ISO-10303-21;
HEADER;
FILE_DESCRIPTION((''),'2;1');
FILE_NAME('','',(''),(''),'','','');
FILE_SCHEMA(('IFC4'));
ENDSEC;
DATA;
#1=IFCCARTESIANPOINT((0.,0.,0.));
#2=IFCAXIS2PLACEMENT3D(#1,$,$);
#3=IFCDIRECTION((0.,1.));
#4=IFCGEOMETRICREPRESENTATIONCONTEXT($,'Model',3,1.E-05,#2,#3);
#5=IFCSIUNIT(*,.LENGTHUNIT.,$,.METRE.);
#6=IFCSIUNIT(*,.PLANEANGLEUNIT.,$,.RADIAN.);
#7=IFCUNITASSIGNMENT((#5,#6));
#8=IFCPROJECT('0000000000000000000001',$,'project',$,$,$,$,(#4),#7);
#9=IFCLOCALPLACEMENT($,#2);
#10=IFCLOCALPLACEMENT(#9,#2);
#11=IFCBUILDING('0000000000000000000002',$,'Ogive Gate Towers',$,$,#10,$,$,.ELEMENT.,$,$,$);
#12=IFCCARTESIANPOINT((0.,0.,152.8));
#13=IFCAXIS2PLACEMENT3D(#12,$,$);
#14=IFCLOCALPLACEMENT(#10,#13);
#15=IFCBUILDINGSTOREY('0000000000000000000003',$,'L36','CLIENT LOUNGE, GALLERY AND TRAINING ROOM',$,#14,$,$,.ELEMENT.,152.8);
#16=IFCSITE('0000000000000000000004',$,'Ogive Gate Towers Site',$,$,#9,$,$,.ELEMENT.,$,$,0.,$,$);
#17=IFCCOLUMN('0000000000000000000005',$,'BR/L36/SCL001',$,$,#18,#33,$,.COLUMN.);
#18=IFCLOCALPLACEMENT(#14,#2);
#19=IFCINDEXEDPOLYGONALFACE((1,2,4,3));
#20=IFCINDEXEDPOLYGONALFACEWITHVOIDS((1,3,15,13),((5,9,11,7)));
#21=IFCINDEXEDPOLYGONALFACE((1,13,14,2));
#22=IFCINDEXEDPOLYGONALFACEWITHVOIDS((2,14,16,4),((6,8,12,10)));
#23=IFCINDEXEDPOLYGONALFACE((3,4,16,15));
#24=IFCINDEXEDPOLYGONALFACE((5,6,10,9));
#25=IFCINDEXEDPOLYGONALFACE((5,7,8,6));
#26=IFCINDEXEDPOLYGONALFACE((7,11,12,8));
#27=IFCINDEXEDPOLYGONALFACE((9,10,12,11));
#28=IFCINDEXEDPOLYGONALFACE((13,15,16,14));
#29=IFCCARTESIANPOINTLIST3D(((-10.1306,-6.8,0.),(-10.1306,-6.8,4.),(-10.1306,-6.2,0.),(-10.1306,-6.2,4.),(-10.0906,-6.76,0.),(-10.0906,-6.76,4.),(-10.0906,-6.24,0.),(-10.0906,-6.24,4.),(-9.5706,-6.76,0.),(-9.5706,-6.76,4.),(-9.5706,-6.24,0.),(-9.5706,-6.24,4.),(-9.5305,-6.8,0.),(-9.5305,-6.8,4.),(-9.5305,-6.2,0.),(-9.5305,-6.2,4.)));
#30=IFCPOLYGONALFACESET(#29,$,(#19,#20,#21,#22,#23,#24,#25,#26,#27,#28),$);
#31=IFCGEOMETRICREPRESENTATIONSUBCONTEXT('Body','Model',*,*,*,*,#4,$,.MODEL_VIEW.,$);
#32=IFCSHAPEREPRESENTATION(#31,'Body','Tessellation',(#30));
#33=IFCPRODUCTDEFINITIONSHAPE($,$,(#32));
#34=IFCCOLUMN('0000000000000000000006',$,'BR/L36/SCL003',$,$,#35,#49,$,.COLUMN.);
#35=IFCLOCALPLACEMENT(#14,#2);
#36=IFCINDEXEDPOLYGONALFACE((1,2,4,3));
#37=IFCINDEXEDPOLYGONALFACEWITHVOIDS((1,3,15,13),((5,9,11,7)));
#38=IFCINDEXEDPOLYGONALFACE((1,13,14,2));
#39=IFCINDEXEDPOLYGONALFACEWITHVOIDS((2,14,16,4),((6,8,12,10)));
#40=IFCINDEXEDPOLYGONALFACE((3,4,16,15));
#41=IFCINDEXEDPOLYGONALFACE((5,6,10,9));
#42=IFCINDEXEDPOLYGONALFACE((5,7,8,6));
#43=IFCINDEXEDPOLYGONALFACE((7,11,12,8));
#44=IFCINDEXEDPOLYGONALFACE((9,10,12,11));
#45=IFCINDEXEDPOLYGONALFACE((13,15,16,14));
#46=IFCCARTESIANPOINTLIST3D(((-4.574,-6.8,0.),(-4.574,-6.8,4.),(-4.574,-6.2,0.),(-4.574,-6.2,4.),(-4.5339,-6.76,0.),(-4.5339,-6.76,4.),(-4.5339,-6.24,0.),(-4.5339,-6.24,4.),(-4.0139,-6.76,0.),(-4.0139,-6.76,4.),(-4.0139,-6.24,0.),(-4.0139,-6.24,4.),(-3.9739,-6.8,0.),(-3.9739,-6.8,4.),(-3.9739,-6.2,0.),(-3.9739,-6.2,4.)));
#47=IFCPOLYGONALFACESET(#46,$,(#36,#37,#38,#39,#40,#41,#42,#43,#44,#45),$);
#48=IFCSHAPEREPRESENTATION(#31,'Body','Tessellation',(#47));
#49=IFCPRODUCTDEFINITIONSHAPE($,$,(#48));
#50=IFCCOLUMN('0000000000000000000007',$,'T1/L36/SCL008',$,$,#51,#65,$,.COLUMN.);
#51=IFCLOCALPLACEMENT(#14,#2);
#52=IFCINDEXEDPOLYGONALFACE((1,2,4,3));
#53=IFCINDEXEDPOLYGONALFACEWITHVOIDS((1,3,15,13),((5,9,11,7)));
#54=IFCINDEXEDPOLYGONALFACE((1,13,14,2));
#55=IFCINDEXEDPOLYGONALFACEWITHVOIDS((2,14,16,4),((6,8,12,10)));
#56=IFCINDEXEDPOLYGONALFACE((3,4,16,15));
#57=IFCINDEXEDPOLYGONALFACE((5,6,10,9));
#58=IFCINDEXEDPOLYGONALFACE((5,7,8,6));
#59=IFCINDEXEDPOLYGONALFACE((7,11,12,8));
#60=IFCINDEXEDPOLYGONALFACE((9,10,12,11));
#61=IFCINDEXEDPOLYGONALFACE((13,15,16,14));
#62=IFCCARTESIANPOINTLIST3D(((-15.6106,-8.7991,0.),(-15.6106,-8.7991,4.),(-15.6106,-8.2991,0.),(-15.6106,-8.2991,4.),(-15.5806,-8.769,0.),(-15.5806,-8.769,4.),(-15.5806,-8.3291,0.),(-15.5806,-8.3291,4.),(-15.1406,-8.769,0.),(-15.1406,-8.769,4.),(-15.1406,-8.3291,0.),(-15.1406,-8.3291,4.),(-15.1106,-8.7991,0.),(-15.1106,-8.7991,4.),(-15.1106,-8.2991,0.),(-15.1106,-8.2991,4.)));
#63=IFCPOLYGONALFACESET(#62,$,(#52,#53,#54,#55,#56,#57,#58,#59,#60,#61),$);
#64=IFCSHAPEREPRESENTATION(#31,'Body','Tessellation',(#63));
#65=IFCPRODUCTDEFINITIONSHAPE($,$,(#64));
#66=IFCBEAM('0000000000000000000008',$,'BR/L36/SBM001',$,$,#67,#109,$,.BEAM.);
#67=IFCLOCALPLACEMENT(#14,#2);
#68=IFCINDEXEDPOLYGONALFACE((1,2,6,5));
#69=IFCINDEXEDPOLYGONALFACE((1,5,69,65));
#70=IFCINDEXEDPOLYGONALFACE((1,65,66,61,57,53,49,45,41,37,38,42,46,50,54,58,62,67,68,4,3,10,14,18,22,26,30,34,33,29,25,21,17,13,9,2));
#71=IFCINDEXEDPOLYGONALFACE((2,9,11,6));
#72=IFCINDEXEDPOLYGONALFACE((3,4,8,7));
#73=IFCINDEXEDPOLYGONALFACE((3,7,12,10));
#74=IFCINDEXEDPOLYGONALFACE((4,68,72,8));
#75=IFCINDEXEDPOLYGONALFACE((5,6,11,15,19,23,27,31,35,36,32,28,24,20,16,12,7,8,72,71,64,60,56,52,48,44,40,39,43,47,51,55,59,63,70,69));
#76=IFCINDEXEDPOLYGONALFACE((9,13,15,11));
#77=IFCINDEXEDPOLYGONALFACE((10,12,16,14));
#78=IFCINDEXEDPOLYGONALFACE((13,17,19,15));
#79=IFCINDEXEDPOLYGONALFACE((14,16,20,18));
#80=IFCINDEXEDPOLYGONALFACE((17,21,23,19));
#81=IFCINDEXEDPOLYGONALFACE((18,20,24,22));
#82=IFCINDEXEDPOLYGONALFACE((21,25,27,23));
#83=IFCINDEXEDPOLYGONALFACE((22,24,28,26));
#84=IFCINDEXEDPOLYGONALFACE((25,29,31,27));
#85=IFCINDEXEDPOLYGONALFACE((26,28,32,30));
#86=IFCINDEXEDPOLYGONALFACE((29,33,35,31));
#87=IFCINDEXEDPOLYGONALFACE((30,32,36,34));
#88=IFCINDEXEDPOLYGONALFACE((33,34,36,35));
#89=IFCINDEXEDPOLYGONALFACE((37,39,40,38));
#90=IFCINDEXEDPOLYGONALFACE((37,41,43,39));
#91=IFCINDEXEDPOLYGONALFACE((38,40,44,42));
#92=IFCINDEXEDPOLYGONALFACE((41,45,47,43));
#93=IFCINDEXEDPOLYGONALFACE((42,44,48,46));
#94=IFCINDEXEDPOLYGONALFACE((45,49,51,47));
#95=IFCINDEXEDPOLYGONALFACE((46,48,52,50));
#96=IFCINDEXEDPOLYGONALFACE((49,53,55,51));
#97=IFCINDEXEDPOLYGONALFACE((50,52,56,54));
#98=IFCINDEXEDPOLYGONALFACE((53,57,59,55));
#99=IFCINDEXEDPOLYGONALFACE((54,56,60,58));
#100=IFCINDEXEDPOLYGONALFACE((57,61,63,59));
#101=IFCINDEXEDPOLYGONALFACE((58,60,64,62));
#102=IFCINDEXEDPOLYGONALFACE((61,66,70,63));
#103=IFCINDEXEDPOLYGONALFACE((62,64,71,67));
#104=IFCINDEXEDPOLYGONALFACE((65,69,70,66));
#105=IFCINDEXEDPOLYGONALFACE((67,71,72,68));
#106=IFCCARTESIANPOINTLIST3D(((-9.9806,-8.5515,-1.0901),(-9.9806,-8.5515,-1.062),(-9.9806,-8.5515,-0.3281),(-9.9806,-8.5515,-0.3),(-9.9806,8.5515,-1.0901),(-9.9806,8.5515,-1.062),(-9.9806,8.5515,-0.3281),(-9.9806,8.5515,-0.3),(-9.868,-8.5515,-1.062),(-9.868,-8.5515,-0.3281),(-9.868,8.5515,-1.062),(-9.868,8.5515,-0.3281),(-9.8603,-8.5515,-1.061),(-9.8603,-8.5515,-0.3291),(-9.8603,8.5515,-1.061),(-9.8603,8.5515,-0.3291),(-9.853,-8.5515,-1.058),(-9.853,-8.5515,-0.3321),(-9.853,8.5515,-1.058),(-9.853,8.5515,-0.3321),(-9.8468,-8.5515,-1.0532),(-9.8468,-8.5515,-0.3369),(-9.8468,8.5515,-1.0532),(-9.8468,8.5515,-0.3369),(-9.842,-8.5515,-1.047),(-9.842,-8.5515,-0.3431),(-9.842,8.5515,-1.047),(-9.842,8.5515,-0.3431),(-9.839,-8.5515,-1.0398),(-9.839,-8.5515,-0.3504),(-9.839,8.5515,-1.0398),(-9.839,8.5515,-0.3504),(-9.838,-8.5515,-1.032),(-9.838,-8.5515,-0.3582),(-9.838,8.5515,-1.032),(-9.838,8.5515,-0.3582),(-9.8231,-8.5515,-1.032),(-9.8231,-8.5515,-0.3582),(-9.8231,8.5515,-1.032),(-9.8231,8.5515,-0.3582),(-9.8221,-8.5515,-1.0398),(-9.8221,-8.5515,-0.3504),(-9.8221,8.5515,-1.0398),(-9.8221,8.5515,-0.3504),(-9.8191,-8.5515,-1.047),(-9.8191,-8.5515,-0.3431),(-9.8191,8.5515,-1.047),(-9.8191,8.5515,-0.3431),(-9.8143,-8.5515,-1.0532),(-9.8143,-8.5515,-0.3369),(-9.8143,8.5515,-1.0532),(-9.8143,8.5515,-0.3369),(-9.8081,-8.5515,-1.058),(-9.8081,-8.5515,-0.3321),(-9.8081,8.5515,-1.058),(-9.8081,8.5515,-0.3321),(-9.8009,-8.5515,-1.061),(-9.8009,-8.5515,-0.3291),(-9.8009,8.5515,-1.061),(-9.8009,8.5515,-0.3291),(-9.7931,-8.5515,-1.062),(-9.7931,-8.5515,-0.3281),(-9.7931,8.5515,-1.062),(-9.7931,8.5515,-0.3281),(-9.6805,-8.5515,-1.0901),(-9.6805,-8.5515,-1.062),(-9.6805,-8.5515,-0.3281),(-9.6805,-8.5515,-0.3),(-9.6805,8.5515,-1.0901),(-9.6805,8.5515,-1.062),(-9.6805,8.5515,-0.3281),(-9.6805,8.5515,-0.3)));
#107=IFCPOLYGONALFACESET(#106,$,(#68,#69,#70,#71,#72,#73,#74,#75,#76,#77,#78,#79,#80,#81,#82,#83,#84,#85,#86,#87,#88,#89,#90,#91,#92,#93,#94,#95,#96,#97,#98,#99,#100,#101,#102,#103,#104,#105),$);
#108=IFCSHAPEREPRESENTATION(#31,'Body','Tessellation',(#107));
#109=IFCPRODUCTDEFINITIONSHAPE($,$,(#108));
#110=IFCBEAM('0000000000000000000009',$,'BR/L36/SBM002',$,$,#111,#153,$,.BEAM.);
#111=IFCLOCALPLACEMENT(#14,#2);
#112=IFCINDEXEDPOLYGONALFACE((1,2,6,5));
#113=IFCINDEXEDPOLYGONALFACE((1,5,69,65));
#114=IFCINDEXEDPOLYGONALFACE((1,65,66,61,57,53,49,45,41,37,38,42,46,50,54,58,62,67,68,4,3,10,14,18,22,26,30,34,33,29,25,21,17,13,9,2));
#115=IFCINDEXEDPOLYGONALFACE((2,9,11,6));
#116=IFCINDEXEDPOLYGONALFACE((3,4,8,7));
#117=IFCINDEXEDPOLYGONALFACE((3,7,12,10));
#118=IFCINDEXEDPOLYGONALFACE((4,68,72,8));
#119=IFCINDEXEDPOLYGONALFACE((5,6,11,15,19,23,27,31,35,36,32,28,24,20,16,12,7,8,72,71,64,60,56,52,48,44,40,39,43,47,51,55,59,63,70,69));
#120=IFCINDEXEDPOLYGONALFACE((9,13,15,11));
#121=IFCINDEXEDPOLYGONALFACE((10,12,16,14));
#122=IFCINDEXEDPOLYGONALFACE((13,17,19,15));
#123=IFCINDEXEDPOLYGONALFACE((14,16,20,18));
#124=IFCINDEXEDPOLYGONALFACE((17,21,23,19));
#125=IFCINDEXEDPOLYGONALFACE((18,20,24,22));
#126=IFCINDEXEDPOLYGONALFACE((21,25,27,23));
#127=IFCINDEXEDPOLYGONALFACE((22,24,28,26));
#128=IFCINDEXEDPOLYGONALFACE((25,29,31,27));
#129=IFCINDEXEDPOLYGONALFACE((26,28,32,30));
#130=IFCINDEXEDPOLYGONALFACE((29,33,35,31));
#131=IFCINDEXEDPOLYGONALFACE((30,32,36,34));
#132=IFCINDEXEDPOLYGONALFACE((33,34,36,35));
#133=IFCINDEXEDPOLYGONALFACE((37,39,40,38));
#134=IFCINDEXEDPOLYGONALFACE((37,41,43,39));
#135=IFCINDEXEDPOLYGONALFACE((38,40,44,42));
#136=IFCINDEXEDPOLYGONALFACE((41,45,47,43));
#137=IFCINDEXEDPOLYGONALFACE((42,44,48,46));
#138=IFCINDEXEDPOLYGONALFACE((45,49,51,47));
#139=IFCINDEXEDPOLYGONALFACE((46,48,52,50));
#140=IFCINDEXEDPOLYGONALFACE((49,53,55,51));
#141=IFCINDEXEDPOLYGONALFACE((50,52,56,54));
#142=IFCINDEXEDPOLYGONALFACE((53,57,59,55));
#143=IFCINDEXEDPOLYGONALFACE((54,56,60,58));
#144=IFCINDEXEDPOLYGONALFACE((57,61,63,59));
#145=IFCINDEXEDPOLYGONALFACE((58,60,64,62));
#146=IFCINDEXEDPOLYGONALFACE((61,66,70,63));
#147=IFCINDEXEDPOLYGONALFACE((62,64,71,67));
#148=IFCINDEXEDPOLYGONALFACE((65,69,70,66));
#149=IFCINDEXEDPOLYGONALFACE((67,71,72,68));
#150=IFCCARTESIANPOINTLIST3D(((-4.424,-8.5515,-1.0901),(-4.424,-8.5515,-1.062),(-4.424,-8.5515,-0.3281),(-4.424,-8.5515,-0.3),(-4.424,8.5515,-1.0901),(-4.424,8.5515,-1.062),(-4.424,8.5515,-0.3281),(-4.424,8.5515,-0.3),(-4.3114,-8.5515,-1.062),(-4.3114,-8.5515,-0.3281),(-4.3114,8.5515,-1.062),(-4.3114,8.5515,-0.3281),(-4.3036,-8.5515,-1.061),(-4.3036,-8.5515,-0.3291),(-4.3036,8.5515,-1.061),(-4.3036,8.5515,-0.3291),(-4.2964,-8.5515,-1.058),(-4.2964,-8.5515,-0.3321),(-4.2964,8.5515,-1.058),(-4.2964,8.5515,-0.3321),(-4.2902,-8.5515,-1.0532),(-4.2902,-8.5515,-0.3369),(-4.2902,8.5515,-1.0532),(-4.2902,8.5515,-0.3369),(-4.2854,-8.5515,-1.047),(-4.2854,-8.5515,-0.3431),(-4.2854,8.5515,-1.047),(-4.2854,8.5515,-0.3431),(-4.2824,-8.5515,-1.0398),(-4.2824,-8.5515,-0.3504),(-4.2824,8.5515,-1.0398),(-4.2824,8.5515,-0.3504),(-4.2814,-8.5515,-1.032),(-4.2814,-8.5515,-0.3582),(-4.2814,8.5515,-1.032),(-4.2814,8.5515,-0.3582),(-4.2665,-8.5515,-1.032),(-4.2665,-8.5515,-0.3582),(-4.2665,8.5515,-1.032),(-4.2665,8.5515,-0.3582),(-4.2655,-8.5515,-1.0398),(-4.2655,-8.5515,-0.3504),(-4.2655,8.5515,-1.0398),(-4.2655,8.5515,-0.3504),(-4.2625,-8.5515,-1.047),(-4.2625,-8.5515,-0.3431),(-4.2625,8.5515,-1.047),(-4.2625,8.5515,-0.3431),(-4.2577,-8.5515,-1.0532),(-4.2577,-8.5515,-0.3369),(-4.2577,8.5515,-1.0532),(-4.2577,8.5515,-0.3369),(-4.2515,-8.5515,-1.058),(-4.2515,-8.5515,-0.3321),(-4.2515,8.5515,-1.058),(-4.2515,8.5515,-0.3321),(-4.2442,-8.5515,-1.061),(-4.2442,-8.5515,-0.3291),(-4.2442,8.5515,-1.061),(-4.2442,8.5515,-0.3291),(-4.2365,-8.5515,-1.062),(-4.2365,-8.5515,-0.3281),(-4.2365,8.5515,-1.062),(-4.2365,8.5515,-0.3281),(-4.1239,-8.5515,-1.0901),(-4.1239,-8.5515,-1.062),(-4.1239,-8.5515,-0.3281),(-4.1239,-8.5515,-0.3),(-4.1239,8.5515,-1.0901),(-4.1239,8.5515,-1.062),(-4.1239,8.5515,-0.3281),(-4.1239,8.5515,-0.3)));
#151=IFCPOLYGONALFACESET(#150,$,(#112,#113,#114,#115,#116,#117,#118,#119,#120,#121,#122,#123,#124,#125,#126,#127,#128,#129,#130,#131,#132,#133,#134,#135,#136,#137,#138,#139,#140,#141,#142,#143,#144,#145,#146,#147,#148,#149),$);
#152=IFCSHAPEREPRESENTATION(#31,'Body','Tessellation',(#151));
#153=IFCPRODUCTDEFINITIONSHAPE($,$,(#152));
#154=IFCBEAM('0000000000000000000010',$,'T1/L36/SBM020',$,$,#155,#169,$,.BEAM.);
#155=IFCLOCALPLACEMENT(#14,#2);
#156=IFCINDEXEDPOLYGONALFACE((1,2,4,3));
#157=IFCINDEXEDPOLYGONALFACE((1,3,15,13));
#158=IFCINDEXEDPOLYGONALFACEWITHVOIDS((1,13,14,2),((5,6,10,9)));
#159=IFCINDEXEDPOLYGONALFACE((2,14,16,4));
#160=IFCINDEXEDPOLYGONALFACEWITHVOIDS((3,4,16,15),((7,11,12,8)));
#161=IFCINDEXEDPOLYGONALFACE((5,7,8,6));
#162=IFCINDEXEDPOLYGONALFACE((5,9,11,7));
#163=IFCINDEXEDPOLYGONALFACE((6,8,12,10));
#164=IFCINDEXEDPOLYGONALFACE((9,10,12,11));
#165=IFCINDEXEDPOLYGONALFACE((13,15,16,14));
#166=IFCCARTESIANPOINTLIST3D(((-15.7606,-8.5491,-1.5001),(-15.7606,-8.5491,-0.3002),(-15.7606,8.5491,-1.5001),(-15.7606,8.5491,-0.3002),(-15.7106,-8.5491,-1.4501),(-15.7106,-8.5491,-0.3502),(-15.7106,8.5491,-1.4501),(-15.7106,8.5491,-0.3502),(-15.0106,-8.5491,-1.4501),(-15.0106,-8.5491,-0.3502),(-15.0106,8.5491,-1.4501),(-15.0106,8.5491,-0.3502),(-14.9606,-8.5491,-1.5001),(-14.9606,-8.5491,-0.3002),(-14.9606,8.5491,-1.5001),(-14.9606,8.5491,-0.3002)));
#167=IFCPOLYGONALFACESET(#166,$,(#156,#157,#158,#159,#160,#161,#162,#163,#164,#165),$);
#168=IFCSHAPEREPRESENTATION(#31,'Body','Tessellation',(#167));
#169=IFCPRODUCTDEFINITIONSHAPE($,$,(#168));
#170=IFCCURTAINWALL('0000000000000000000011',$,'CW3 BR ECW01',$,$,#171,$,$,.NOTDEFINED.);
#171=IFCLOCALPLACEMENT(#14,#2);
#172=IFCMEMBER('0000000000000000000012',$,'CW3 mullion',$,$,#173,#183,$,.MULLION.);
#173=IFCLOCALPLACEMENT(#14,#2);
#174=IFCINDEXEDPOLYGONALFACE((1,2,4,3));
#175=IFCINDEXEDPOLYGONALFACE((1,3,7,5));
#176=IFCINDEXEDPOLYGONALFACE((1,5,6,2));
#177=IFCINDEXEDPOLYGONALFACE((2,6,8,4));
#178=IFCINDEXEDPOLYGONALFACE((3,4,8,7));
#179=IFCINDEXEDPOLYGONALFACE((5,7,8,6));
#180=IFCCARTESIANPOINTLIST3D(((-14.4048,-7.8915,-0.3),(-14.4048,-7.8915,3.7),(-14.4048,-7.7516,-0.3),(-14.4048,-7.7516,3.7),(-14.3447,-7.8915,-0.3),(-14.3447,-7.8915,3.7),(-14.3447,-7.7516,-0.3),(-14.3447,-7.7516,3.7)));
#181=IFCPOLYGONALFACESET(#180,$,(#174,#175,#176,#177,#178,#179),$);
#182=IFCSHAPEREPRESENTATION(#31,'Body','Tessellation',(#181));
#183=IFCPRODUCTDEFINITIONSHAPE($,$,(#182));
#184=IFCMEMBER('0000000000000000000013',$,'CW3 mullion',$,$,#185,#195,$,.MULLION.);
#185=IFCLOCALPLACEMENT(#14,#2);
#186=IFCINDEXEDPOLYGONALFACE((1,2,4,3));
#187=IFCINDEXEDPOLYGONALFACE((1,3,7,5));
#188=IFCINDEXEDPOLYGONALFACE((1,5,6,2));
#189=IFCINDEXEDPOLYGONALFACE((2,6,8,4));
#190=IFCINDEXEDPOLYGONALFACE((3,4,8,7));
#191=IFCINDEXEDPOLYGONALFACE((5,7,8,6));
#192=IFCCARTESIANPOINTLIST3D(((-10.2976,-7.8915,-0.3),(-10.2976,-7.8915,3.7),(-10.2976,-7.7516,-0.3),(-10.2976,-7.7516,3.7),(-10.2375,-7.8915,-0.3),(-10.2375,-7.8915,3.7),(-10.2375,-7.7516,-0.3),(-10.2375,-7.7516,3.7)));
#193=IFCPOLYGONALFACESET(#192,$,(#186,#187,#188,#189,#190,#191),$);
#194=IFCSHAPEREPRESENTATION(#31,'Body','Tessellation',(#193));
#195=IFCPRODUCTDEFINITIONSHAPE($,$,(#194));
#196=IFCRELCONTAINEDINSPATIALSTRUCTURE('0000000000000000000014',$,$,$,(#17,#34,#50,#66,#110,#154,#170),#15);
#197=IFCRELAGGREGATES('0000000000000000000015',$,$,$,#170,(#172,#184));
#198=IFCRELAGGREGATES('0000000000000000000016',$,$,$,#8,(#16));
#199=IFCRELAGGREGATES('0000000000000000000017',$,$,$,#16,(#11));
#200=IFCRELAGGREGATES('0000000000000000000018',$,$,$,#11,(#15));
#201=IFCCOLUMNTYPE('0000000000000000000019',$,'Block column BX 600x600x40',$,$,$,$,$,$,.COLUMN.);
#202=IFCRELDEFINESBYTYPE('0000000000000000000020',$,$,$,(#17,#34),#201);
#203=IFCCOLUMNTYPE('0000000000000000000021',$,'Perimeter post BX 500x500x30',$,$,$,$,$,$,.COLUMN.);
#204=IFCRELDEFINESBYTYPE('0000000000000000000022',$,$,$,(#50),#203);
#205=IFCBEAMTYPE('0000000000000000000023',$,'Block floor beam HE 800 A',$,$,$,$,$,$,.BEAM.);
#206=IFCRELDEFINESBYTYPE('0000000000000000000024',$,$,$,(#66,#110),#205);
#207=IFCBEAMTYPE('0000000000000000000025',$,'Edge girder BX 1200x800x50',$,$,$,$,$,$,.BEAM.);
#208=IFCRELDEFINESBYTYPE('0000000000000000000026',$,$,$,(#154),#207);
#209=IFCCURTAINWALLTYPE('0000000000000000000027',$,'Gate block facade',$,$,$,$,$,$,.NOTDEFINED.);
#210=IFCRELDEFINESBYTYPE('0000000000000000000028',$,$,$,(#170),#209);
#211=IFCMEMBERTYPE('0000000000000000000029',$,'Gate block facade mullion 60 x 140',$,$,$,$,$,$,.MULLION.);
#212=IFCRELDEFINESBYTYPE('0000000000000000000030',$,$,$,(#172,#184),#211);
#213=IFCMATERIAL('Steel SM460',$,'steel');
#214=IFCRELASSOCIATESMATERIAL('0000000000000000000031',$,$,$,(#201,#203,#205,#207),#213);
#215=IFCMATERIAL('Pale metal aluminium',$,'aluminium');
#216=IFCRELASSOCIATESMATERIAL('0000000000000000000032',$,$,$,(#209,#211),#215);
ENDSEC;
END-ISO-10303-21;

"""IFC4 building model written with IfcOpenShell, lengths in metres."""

from ifc_helpers import new_model, si_unit, direction, frame, origin, origin_2d, place, context, subcontext, project, spatial, rectangle, hollow_rectangle, i_section, extrude, material, material_profile, profile_set, type_object, element, aggregate, save


model = new_model("IFC4")

# Units and contexts
model_context = context("Model", 3, precision=1e-05, world=origin(), true_north=direction((0.0, 1.0)))
body_context = subcontext(model_context, "Body", "Model", "MODEL_VIEW")
ifc_project = project(units=[si_unit("LENGTHUNIT", "METRE"), si_unit("PLANEANGLEUNIT", "RADIAN")], contexts=[model_context])

# Site, building, storey
site_placement = place(None, origin())
site = spatial("IfcSite", under=ifc_project, at=site_placement, Name="Ogive Gate Towers Site", CompositionType="ELEMENT", RefElevation=0.0)
building_placement = place(site_placement, origin())
building = spatial("IfcBuilding", under=site, at=building_placement, Name="Ogive Gate Towers", CompositionType="ELEMENT")
storey_placement = place(building_placement, frame((0.0, 0.0, 152.8)))
storey = spatial("IfcBuildingStorey", under=building, at=storey_placement, Name="L36", Description="CLIENT LOUNGE, GALLERY AND TRAINING ROOM", CompositionType="ELEMENT", Elevation=152.8)

# Columns
ifc_material_1 = material(Name="Steel SM460", Category="steel")
ifc_material_profile_1 = material_profile(ifc_material_1, hollow_rectangle(XDim=0.6001, YDim=0.6001, WallThickness=0.04, at=origin_2d()), Name="BX 600x600x40")
ifc_profile_set_1 = profile_set([ifc_material_profile_1], Name="Steel SM460")
column_type_1 = type_object("IfcColumnType", Name="Block column BX 600x600x40", PredefinedType="COLUMN", material=ifc_profile_set_1)
for number, where, z_axis, x_axis, name in (
    (1, (-9.8306, -6.5, 0.0), (0.0, 0.0, 1.0), (1.0, 0.0, 0.0), "BR/L36/SCL001"),
    (2, (-4.2739, -6.5, 0.0), (0.0, 0.0, 1.0), (1.0, 0.0, 0.0), "BR/L36/SCL003"),
):
    element("IfcColumn", number, at=place(storey_placement, frame(where, z_axis=z_axis, x_axis=x_axis)), inside=storey, type_object=column_type_1, Name=name, PredefinedType="COLUMN", context=body_context, shape_type="SweptSolid", body=[
        extrude(hollow_rectangle(XDim=0.6001, YDim=0.6001, WallThickness=0.04, at=origin_2d()), origin(), (0.0, 0.0, 1.0), 4.0),
    ])
ifc_material_profile_2 = material_profile(ifc_material_1, hollow_rectangle(XDim=0.5, YDim=0.5, WallThickness=0.03, at=origin_2d()), Name="BX 500x500x30")
ifc_profile_set_2 = profile_set([ifc_material_profile_2], Name="Steel SM460")
column_type_2 = type_object("IfcColumnType", Name="Perimeter post BX 500x500x30", PredefinedType="COLUMN", material=ifc_profile_set_2)
column_placement = place(storey_placement, frame((-15.3606, -8.5491, 0.0), z_axis=(0.0, 0.0, 1.0), x_axis=(1.0, 0.0, 0.0)))
element("IfcColumn", 3, at=column_placement, inside=storey, type_object=column_type_2, Name="T1/L36/SCL008", PredefinedType="COLUMN", context=body_context, shape_type="SweptSolid", body=[
    extrude(hollow_rectangle(XDim=0.5, YDim=0.5, WallThickness=0.03, at=origin_2d()), origin(), (0.0, 0.0, 1.0), 4.0),
])

# Beams
ifc_material_profile_3 = material_profile(ifc_material_1, i_section(OverallWidth=0.3, OverallDepth=0.79, WebThickness=0.0149, FlangeThickness=0.0281, FilletRadius=0.03, at=origin_2d()), Name="HE 800 A")
ifc_profile_set_3 = profile_set([ifc_material_profile_3], Name="Steel SM460")
beam_type_1 = type_object("IfcBeamType", Name="Block floor beam HE 800 A", PredefinedType="BEAM", material=ifc_profile_set_3)
for number, where, z_axis, x_axis, name in (
    (4, (-9.8306, -8.5515, -0.6951), (0.0, 1.0, 0.0), (-1.0, 0.0, 0.0), "BR/L36/SBM001"),
    (5, (-4.2739, -8.5515, -0.6951), (0.0, 1.0, 0.0), (-1.0, 0.0, 0.0), "BR/L36/SBM002"),
):
    element("IfcBeam", number, at=place(storey_placement, frame(where, z_axis=z_axis, x_axis=x_axis)), inside=storey, type_object=beam_type_1, Name=name, PredefinedType="BEAM", context=body_context, shape_type="SweptSolid", body=[
        extrude(i_section(OverallWidth=0.3, OverallDepth=0.79, WebThickness=0.0149, FlangeThickness=0.0281, FilletRadius=0.03, at=origin_2d()), origin(), (0.0, 0.0, 1.0), 17.103),
    ])
ifc_material_profile_4 = material_profile(ifc_material_1, hollow_rectangle(XDim=0.8, YDim=1.2, WallThickness=0.05, at=origin_2d()), Name="BX 1200x800x50")
ifc_profile_set_4 = profile_set([ifc_material_profile_4], Name="Steel SM460")
beam_type_2 = type_object("IfcBeamType", Name="Edge girder BX 1200x800x50", PredefinedType="BEAM", material=ifc_profile_set_4)
beam_placement = place(storey_placement, frame((-15.3606, -8.5491, -0.9001), z_axis=(0.0, 1.0, 0.0), x_axis=(-1.0, 0.0, 0.0)))
element("IfcBeam", 6, at=beam_placement, inside=storey, type_object=beam_type_2, Name="T1/L36/SBM020", PredefinedType="BEAM", context=body_context, shape_type="SweptSolid", body=[
    extrude(hollow_rectangle(XDim=0.8, YDim=1.2, WallThickness=0.05, at=origin_2d()), origin(), (0.0, 0.0, 1.0), 17.0981),
])

# Curtain wall, members
ifc_material_2 = material(Name="Pale metal aluminium", Category="aluminium")
curtain_wall_type_1 = type_object("IfcCurtainWallType", Name="Gate block facade", PredefinedType="NOTDEFINED", material=ifc_material_2)
curtain_wall_1_placement = place(storey_placement, origin())
curtain_wall_1 = element("IfcCurtainWall", 7, at=curtain_wall_1_placement, inside=storey, type_object=curtain_wall_type_1, Name="CW3 BR ECW01", PredefinedType="NOTDEFINED")
ifc_material_profile_5 = material_profile(ifc_material_2, rectangle(XDim=0.1399, YDim=0.0601, at=origin_2d()), Name="60 x 140 aluminium box")
ifc_profile_set_5 = profile_set([ifc_material_profile_5], Name="Pale metal aluminium")
member_type_1 = type_object("IfcMemberType", Name="Gate block facade mullion 60 x 140", PredefinedType="MULLION", material=ifc_profile_set_5)
member_1_placement = place(storey_placement, frame((-14.3748, -7.8215, -0.3), z_axis=(0.0, 0.0, 1.0), x_axis=(0.0, -1.0, 0.0)))
member_1 = element("IfcMember", 8, at=member_1_placement, type_object=member_type_1, Name="CW3 mullion", PredefinedType="MULLION", context=body_context, shape_type="SweptSolid", body=[
    extrude(rectangle(XDim=0.1399, YDim=0.0601, at=origin_2d()), origin(), (0.0, 0.0, 1.0), 4.0),
])
member_2_placement = place(storey_placement, frame((-10.2676, -7.8215, -0.3), z_axis=(0.0, 0.0, 1.0), x_axis=(0.0, -1.0, 0.0)))
member_2 = element("IfcMember", 9, at=member_2_placement, type_object=member_type_1, Name="CW3 mullion", PredefinedType="MULLION", context=body_context, shape_type="SweptSolid", body=[
    extrude(rectangle(XDim=0.1399, YDim=0.0601, at=origin_2d()), origin(), (0.0, 0.0, 1.0), 4.0),
])

aggregate(curtain_wall_1, [member_1, member_2])

save(model, "model.ifc")
